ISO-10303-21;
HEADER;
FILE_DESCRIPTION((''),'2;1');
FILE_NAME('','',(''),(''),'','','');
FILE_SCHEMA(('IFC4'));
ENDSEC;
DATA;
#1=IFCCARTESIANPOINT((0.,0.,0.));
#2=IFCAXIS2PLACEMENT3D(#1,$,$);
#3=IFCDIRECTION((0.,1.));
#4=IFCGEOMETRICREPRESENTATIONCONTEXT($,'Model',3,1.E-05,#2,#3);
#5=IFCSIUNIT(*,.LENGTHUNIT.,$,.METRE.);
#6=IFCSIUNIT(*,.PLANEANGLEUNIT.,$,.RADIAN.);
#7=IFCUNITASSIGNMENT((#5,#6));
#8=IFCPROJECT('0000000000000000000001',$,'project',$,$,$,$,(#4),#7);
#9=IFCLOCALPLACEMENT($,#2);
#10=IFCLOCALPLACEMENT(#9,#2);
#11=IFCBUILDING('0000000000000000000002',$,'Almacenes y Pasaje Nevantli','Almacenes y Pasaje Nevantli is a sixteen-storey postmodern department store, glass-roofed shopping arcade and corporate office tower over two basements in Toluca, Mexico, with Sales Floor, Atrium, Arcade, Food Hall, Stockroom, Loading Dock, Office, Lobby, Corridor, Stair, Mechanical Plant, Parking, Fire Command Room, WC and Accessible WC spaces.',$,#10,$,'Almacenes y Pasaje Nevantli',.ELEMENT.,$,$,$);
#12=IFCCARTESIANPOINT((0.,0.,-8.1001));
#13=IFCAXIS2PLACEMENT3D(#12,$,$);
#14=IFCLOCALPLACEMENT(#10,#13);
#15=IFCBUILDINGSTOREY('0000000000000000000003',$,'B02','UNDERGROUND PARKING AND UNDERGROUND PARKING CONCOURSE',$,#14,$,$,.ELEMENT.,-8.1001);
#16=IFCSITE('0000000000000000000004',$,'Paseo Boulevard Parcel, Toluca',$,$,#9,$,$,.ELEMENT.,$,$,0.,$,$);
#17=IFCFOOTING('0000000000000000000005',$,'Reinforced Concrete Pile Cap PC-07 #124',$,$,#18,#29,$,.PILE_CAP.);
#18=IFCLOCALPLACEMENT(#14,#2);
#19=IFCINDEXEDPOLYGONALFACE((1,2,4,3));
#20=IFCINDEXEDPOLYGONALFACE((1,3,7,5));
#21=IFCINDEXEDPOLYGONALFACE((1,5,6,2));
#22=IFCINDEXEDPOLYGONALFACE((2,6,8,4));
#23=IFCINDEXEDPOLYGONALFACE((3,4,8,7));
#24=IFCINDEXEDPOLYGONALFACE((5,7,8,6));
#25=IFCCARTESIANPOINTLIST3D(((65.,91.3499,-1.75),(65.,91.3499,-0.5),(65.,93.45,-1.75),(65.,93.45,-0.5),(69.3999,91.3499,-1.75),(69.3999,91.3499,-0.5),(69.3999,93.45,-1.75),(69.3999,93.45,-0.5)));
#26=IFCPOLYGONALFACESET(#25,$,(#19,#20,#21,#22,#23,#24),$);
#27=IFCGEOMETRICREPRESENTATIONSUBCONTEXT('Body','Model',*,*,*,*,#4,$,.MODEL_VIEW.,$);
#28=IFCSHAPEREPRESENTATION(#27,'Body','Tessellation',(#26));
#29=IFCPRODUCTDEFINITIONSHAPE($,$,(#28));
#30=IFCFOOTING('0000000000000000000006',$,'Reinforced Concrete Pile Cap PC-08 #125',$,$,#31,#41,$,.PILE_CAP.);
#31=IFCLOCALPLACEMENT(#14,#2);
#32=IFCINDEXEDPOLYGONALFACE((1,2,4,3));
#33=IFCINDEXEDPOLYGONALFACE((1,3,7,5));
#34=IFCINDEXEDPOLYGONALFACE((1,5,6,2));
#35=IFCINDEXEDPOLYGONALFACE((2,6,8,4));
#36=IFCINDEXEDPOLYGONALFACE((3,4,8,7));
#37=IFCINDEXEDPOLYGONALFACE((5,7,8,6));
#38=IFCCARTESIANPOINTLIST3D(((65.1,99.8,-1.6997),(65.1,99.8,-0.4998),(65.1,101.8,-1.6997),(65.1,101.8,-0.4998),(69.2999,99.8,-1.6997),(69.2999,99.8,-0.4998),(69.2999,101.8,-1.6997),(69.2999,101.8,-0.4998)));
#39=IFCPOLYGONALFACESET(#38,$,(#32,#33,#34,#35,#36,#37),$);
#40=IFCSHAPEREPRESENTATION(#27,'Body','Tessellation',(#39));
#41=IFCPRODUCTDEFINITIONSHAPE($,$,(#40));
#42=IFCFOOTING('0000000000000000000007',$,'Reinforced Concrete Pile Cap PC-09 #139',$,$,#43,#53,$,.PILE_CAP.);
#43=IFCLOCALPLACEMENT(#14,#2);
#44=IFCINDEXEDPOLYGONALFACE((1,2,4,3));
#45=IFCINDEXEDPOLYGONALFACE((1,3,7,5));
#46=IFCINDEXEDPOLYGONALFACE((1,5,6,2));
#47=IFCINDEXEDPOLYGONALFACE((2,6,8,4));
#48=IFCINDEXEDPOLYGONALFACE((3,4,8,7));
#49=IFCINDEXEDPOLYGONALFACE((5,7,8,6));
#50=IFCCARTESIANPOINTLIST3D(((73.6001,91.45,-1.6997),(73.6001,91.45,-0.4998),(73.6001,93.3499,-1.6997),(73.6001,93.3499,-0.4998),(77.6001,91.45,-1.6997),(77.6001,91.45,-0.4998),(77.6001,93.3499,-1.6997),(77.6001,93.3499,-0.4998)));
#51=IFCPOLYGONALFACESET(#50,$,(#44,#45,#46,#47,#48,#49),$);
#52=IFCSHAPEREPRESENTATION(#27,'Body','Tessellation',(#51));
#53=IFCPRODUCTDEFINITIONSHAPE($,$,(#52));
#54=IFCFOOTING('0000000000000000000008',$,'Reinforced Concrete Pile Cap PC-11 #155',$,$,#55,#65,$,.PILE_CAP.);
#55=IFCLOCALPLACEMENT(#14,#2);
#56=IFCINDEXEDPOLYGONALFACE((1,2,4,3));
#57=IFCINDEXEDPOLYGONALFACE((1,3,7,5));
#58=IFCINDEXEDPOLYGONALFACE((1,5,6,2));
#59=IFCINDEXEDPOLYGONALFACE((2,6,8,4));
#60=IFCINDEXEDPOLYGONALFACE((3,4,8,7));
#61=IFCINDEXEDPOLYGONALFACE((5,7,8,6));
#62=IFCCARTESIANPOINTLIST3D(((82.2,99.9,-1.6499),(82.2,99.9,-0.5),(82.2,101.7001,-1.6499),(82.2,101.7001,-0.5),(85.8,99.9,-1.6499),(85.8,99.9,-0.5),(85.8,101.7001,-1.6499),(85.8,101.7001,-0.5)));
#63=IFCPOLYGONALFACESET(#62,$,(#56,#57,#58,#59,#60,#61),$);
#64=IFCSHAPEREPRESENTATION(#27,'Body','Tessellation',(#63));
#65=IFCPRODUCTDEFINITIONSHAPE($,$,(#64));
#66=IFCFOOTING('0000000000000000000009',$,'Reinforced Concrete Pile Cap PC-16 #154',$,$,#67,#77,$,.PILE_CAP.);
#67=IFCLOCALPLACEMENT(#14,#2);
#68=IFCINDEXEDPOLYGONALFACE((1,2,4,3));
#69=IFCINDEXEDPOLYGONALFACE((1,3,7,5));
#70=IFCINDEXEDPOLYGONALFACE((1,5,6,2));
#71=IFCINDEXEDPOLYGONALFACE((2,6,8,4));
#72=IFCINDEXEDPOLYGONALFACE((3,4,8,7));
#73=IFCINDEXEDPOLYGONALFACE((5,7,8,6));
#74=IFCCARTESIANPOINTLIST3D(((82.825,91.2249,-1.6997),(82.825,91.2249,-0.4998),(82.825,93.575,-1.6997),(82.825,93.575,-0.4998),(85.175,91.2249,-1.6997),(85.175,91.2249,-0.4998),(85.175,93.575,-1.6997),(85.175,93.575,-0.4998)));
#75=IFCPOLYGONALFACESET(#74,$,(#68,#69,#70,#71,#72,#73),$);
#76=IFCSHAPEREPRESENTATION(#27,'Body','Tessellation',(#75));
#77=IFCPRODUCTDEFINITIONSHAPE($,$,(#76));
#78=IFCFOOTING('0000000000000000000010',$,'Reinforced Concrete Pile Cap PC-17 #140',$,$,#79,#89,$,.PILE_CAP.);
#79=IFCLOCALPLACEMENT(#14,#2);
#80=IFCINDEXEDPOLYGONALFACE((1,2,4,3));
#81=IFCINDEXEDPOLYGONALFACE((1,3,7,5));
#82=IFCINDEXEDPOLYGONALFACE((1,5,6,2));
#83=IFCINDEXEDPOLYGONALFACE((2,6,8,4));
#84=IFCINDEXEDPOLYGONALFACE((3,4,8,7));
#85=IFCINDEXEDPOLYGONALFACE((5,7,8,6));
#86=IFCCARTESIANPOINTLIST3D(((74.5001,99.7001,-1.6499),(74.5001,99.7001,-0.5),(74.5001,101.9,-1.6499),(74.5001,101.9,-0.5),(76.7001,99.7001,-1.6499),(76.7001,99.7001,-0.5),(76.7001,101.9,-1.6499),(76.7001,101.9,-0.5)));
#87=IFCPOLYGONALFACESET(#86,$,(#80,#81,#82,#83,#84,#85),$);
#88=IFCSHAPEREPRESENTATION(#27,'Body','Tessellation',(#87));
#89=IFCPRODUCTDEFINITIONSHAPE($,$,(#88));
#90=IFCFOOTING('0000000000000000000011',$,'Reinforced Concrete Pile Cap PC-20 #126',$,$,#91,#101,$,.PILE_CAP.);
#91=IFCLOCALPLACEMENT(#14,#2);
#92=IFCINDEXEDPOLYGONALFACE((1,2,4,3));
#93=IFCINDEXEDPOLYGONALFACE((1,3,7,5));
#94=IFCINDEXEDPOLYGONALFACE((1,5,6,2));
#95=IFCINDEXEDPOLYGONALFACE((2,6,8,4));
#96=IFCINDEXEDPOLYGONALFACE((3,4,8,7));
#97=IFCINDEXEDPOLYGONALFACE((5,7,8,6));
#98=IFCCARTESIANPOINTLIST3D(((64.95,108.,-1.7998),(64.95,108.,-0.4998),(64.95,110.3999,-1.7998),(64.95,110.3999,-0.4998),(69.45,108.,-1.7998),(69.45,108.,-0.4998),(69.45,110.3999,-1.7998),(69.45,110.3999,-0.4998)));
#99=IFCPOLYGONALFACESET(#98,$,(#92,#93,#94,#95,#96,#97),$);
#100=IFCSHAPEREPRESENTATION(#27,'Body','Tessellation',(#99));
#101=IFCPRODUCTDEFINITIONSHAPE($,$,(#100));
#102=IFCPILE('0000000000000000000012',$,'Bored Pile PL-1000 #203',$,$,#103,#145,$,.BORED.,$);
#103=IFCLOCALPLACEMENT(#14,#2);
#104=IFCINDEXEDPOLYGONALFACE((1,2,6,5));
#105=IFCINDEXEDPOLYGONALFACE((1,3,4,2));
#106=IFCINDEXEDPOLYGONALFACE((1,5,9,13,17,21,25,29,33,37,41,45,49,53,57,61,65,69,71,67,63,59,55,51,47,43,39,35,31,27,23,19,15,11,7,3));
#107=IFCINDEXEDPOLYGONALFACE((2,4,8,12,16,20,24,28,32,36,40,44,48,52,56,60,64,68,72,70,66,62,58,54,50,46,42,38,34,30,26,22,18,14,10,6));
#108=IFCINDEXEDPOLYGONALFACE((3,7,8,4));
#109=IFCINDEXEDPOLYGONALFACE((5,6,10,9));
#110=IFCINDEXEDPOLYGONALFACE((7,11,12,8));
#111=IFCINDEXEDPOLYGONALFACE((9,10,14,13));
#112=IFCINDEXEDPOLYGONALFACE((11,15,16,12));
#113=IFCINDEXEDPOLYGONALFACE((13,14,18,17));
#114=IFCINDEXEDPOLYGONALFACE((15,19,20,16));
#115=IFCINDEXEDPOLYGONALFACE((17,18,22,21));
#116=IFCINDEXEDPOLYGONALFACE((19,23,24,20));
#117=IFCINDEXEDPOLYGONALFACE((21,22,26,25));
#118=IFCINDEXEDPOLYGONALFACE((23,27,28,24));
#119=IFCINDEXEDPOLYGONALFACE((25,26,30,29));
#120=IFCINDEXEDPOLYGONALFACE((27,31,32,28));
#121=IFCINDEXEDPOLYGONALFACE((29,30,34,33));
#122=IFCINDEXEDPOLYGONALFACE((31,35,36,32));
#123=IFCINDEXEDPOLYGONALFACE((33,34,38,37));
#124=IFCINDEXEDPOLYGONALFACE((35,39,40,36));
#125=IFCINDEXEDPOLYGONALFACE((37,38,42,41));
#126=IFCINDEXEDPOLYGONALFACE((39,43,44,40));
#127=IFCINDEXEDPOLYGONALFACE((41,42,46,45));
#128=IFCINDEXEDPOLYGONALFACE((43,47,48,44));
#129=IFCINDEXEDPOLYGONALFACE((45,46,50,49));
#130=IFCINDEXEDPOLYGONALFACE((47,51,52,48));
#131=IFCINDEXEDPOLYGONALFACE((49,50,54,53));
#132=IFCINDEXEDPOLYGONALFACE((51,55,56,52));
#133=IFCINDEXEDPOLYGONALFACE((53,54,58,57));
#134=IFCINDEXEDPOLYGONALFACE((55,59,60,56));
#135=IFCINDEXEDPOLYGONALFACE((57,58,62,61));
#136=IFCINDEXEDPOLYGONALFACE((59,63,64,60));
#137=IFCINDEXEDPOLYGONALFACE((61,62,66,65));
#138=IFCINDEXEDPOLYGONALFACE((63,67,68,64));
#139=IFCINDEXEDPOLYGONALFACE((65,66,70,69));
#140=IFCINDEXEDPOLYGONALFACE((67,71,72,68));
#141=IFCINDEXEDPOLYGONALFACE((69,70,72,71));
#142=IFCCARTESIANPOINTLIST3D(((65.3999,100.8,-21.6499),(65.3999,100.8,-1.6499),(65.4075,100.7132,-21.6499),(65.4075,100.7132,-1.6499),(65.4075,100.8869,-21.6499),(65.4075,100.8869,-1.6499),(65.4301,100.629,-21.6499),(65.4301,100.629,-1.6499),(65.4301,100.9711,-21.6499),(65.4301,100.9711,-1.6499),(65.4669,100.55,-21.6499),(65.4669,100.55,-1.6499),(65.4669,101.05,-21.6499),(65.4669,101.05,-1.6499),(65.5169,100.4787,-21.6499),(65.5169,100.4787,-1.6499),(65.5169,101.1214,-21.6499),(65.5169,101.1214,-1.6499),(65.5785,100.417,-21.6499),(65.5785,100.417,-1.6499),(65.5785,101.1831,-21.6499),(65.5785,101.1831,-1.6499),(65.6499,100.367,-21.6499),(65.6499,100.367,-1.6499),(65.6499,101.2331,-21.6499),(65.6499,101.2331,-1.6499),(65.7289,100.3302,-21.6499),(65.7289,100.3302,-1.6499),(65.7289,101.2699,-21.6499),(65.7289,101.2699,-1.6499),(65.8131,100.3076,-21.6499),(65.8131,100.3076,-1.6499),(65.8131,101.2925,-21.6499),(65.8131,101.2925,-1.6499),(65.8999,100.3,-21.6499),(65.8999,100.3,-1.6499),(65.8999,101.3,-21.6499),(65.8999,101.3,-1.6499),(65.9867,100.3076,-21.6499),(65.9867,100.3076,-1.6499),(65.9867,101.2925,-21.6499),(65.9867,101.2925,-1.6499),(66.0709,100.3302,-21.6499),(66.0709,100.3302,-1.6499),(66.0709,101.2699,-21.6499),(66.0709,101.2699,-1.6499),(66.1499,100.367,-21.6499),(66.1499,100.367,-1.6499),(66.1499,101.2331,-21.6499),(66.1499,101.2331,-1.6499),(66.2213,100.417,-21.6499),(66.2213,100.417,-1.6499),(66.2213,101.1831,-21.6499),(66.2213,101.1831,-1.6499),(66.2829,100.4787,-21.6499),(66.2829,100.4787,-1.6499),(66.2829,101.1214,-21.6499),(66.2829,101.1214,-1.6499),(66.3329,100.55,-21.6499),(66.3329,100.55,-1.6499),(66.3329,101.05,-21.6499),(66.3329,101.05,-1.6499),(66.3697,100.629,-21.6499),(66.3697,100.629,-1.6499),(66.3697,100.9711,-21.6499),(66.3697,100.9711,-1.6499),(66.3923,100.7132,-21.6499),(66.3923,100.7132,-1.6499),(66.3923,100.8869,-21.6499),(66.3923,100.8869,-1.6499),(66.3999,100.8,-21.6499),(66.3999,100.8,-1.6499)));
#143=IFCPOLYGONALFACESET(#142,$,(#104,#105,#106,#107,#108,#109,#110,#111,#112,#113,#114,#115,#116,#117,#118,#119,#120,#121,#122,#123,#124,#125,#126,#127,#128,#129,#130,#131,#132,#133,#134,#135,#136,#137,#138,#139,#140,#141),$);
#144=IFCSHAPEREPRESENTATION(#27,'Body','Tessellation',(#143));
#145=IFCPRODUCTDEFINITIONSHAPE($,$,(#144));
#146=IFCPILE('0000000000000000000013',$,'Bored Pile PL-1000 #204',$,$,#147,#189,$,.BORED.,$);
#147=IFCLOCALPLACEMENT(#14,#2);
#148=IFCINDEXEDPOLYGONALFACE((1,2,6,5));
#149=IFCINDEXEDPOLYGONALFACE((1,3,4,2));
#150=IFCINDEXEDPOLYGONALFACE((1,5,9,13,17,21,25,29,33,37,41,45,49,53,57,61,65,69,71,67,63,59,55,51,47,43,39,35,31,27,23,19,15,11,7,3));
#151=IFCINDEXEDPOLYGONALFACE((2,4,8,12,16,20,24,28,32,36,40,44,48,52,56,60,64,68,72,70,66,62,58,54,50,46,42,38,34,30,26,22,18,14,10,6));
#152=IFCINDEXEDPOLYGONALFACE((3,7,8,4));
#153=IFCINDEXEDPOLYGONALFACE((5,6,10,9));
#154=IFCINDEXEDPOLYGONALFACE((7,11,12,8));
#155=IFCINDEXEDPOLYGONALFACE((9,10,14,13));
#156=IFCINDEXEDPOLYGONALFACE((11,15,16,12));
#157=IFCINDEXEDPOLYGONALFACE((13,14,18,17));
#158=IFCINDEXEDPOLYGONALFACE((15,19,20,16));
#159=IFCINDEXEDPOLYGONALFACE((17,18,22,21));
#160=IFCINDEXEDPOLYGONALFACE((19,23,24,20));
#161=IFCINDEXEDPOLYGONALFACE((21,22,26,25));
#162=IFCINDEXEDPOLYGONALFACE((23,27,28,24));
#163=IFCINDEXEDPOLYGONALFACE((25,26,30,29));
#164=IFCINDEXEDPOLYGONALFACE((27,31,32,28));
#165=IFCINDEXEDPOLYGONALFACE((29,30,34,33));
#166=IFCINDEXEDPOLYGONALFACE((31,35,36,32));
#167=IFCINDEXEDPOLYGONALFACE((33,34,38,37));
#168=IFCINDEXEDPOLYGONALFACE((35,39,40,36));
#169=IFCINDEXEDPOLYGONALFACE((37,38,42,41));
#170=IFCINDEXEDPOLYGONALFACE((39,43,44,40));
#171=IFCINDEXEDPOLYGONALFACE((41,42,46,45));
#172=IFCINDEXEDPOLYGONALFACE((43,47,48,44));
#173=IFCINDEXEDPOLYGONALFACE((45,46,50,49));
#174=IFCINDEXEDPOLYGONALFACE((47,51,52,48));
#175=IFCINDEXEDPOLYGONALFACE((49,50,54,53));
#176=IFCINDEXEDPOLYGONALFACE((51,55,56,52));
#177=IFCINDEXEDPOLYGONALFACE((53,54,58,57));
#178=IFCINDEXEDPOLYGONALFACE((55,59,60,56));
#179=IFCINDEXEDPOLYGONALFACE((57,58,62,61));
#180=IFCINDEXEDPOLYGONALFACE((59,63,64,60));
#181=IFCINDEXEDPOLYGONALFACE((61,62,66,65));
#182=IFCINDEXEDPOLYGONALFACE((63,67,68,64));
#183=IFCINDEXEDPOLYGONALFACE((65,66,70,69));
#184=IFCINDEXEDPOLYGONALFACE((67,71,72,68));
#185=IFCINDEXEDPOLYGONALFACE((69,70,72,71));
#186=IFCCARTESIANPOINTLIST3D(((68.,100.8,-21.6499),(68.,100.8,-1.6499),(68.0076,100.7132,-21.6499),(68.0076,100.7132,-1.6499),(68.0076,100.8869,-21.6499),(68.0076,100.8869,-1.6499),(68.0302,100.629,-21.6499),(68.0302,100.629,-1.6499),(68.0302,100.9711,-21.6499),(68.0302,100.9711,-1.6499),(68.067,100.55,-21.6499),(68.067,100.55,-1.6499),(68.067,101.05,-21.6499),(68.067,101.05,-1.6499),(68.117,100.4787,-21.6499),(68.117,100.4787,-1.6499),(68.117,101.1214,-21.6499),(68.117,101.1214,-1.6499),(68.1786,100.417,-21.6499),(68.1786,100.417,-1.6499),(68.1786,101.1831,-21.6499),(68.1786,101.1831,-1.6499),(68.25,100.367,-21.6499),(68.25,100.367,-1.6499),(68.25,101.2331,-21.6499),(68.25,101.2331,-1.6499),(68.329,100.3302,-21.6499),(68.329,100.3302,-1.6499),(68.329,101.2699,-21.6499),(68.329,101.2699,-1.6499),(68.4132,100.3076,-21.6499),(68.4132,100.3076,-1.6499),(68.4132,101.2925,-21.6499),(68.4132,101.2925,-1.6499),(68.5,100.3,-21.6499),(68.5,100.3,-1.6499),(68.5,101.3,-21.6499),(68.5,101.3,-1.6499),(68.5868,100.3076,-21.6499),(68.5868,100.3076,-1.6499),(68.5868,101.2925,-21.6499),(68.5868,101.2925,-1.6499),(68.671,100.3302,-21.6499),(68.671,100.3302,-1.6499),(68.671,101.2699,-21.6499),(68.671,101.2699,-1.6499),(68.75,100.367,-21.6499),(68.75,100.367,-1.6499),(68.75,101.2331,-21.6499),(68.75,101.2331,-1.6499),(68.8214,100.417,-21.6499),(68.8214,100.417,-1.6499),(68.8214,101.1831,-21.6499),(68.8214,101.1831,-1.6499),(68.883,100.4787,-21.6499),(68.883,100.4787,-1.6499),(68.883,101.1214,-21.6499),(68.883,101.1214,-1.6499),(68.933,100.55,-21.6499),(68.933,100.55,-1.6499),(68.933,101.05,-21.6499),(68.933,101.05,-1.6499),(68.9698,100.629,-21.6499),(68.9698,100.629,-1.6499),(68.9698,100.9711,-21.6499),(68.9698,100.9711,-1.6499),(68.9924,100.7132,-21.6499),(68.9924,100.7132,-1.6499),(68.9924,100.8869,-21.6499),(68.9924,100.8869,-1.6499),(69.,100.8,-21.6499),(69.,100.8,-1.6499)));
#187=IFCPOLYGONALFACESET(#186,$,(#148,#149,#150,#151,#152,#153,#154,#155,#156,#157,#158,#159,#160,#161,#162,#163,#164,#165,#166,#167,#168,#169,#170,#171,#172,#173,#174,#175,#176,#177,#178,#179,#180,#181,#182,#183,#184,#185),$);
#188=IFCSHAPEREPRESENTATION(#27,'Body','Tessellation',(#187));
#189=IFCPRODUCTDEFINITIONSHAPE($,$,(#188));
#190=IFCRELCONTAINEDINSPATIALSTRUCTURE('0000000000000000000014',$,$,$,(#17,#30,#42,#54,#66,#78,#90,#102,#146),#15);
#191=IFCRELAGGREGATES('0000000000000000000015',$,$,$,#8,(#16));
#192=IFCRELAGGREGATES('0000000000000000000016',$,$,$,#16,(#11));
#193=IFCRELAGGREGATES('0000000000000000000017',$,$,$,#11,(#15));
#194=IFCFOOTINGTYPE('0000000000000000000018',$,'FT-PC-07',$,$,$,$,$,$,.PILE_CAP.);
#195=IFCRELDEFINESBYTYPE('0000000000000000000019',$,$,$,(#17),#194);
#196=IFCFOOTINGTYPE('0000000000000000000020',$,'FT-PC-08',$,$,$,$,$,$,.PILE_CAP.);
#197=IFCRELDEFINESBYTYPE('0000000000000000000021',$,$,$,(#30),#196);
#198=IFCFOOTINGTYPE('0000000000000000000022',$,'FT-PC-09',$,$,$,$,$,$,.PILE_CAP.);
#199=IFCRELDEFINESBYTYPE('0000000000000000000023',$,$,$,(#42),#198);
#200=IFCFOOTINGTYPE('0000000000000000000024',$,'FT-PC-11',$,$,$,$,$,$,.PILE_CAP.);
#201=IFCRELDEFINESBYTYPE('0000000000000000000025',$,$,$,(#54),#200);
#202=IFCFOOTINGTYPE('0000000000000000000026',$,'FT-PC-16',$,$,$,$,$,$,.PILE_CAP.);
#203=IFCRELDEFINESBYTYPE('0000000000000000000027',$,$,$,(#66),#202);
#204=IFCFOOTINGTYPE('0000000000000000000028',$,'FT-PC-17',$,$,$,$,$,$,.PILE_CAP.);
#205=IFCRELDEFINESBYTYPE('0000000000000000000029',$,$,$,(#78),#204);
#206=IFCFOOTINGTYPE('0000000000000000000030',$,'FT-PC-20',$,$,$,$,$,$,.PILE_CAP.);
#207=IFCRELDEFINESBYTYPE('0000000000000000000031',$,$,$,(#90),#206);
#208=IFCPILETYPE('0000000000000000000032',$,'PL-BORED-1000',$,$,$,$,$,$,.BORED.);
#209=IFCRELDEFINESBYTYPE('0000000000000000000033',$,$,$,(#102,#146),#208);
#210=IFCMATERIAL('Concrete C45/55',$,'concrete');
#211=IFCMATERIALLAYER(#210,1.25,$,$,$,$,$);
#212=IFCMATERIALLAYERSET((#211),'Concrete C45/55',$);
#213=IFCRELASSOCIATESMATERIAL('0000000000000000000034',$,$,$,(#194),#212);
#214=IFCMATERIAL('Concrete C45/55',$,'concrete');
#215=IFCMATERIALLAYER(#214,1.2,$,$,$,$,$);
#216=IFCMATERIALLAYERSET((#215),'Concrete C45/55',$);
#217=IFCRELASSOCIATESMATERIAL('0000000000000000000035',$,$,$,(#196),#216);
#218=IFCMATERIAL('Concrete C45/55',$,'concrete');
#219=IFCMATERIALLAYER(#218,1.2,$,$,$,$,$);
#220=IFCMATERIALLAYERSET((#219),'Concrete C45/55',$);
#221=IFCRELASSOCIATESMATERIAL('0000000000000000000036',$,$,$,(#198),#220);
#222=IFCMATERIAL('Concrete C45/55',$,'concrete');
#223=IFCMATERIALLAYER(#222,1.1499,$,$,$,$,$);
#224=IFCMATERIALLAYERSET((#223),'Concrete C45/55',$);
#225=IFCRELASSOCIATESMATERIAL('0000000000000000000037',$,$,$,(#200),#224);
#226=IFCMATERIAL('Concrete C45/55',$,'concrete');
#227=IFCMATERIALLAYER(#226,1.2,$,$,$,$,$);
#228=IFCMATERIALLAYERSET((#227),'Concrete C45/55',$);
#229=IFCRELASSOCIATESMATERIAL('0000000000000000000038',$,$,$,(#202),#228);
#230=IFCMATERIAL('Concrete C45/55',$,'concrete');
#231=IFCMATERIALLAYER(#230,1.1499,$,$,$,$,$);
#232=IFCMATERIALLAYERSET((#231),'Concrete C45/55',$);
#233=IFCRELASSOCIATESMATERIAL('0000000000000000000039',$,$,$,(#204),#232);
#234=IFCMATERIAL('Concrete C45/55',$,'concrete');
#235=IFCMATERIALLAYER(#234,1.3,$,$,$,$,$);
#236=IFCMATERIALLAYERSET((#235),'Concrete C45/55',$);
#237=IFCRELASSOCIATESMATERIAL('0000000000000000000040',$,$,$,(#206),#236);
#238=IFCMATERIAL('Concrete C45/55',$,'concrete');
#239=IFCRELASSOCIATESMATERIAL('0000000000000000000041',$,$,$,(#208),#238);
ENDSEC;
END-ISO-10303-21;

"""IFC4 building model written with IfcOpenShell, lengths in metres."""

from ifc_helpers import new_model, si_unit, direction, frame, origin, origin_2d, place, context, subcontext, project, spatial, rectangle, circle, extrude, material, layer, layer_set, material_profile, profile_set, type_object, element, save


model = new_model("IFC4")

# Units and contexts
model_context = context("Model", 3, precision=1e-05, world=origin(), true_north=direction((0.0, 1.0)))
body_context = subcontext(model_context, "Body", "Model", "MODEL_VIEW")
ifc_project = project(units=[si_unit("LENGTHUNIT", "METRE"), si_unit("PLANEANGLEUNIT", "RADIAN")], contexts=[model_context])

# Site, building, storey
site_placement = place(None, origin())
site = spatial("IfcSite", under=ifc_project, at=site_placement, Name="Paseo Boulevard Parcel, Toluca", CompositionType="ELEMENT", RefElevation=0.0)
building_placement = place(site_placement, origin())
building = spatial("IfcBuilding", under=site, at=building_placement, Name="Almacenes y Pasaje Nevantli", Description="Almacenes y Pasaje Nevantli is a sixteen-storey postmodern department store, glass-roofed shopping arcade and corporate office tower over two basements in Toluca, Mexico, with Sales Floor, Atrium, Arcade, Food Hall, Stockroom, Loading Dock, Office, Lobby, Corridor, Stair, Mechanical Plant, Parking, Fire Command Room, WC and Accessible WC spaces.", LongName="Almacenes y Pasaje Nevantli", CompositionType="ELEMENT")
storey_placement = place(building_placement, frame((0.0, 0.0, -8.1001)))
storey = spatial("IfcBuildingStorey", under=building, at=storey_placement, Name="B02", Description="UNDERGROUND PARKING AND UNDERGROUND PARKING CONCOURSE", CompositionType="ELEMENT", Elevation=-8.1001)

# Footings
ifc_material_1 = material(Name="Concrete C45/55", Category="concrete")
ifc_layer_1 = layer(ifc_material_1, 1.25)
ifc_layer_set_1 = layer_set([ifc_layer_1], Name="Concrete C45/55")
footing_type_1 = type_object("IfcFootingType", Name="FT-PC-07", PredefinedType="PILE_CAP", material=ifc_layer_set_1)
footing_1_placement = place(storey_placement, frame((67.2, 92.3999, -1.75), z_axis=(0.0, 0.0, 1.0), x_axis=(1.0, 0.0, 0.0)))
element("IfcFooting", 1, at=footing_1_placement, inside=storey, type_object=footing_type_1, Name="Reinforced Concrete Pile Cap PC-07 #124", PredefinedType="PILE_CAP", context=body_context, shape_type="SweptSolid", body=[
    extrude(rectangle(XDim=4.3999, YDim=2.1001, at=origin_2d()), origin(), (0.0, 0.0, 1.0), 1.25),
])
ifc_material_2 = material(Name="Concrete C45/55", Category="concrete")
ifc_layer_2 = layer(ifc_material_2, 1.2)
ifc_layer_set_2 = layer_set([ifc_layer_2], Name="Concrete C45/55")
footing_type_2 = type_object("IfcFootingType", Name="FT-PC-08", PredefinedType="PILE_CAP", material=ifc_layer_set_2)
footing_2_placement = place(storey_placement, frame((67.2, 100.8, -1.6997), z_axis=(0.0, 0.0, 1.0), x_axis=(1.0, 0.0, 0.0)))
element("IfcFooting", 2, at=footing_2_placement, inside=storey, type_object=footing_type_2, Name="Reinforced Concrete Pile Cap PC-08 #125", PredefinedType="PILE_CAP", context=body_context, shape_type="SweptSolid", body=[
    extrude(rectangle(XDim=4.2, YDim=2.0, at=origin_2d()), origin(), (0.0, 0.0, 1.0), 1.2),
])
ifc_material_3 = material(Name="Concrete C45/55", Category="concrete")
ifc_layer_3 = layer(ifc_material_3, 1.2)
ifc_layer_set_3 = layer_set([ifc_layer_3], Name="Concrete C45/55")
footing_type_3 = type_object("IfcFootingType", Name="FT-PC-09", PredefinedType="PILE_CAP", material=ifc_layer_set_3)
footing_3_placement = place(storey_placement, frame((75.6001, 92.3999, -1.6997), z_axis=(0.0, 0.0, 1.0), x_axis=(1.0, 0.0, 0.0)))
element("IfcFooting", 3, at=footing_3_placement, inside=storey, type_object=footing_type_3, Name="Reinforced Concrete Pile Cap PC-09 #139", PredefinedType="PILE_CAP", context=body_context, shape_type="SweptSolid", body=[
    extrude(rectangle(XDim=4.0, YDim=1.8999, at=origin_2d()), origin(), (0.0, 0.0, 1.0), 1.2),
])
ifc_material_4 = material(Name="Concrete C45/55", Category="concrete")
ifc_layer_4 = layer(ifc_material_4, 1.1499)
ifc_layer_set_4 = layer_set([ifc_layer_4], Name="Concrete C45/55")
footing_type_4 = type_object("IfcFootingType", Name="FT-PC-11", PredefinedType="PILE_CAP", material=ifc_layer_set_4)
footing_4_placement = place(storey_placement, frame((84.0, 100.8, -1.6499), z_axis=(0.0, 0.0, 1.0), x_axis=(1.0, 0.0, 0.0)))
element("IfcFooting", 4, at=footing_4_placement, inside=storey, type_object=footing_type_4, Name="Reinforced Concrete Pile Cap PC-11 #155", PredefinedType="PILE_CAP", context=body_context, shape_type="SweptSolid", body=[
    extrude(rectangle(XDim=3.6001, YDim=1.8, at=origin_2d()), origin(), (0.0, 0.0, 1.0), 1.1499),
])
ifc_material_5 = material(Name="Concrete C45/55", Category="concrete")
ifc_layer_5 = layer(ifc_material_5, 1.2)
ifc_layer_set_5 = layer_set([ifc_layer_5], Name="Concrete C45/55")
footing_type_5 = type_object("IfcFootingType", Name="FT-PC-16", PredefinedType="PILE_CAP", material=ifc_layer_set_5)
footing_5_placement = place(storey_placement, frame((84.0, 92.3999, -1.6997), z_axis=(0.0, 0.0, 1.0), x_axis=(1.0, 0.0, 0.0)))
element("IfcFooting", 5, at=footing_5_placement, inside=storey, type_object=footing_type_5, Name="Reinforced Concrete Pile Cap PC-16 #154", PredefinedType="PILE_CAP", context=body_context, shape_type="SweptSolid", body=[
    extrude(rectangle(XDim=2.3501, YDim=2.3501, at=origin_2d()), origin(), (0.0, 0.0, 1.0), 1.2),
])
ifc_material_6 = material(Name="Concrete C45/55", Category="concrete")
ifc_layer_6 = layer(ifc_material_6, 1.1499)
ifc_layer_set_6 = layer_set([ifc_layer_6], Name="Concrete C45/55")
footing_type_6 = type_object("IfcFootingType", Name="FT-PC-17", PredefinedType="PILE_CAP", material=ifc_layer_set_6)
footing_6_placement = place(storey_placement, frame((75.6001, 100.8, -1.6499), z_axis=(0.0, 0.0, 1.0), x_axis=(1.0, 0.0, 0.0)))
element("IfcFooting", 6, at=footing_6_placement, inside=storey, type_object=footing_type_6, Name="Reinforced Concrete Pile Cap PC-17 #140", PredefinedType="PILE_CAP", context=body_context, shape_type="SweptSolid", body=[
    extrude(rectangle(XDim=2.2, YDim=2.2, at=origin_2d()), origin(), (0.0, 0.0, 1.0), 1.1499),
])
ifc_material_7 = material(Name="Concrete C45/55", Category="concrete")
ifc_layer_7 = layer(ifc_material_7, 1.3)
ifc_layer_set_7 = layer_set([ifc_layer_7], Name="Concrete C45/55")
footing_type_7 = type_object("IfcFootingType", Name="FT-PC-20", PredefinedType="PILE_CAP", material=ifc_layer_set_7)
footing_7_placement = place(storey_placement, frame((67.2, 109.2, -1.7998), z_axis=(0.0, 0.0, 1.0), x_axis=(1.0, 0.0, 0.0)))
element("IfcFooting", 7, at=footing_7_placement, inside=storey, type_object=footing_type_7, Name="Reinforced Concrete Pile Cap PC-20 #126", PredefinedType="PILE_CAP", context=body_context, shape_type="SweptSolid", body=[
    extrude(rectangle(XDim=4.5, YDim=2.3999, at=origin_2d()), origin(), (0.0, 0.0, 1.0), 1.3),
])

# Piles
ifc_material_8 = material(Name="Concrete C45/55", Category="concrete")
ifc_material_profile_1 = material_profile(ifc_material_8, circle(Radius=0.5, at=origin_2d()), Name="RC-PILE-D1000")
ifc_profile_set_1 = profile_set([ifc_material_profile_1], Name="Concrete C45/55")
pile_type_1 = type_object("IfcPileType", Name="PL-BORED-1000", PredefinedType="BORED", material=ifc_profile_set_1)
for number, where, z_axis, x_axis, name in (
    (8, (65.8999, 100.8, -1.6499), (0.0, 0.0, -1.0), (1.0, 0.0, 0.0), "Bored Pile PL-1000 #203"),
    (9, (68.5, 100.8, -1.6499), (0.0, 0.0, -1.0), (1.0, 0.0, 0.0), "Bored Pile PL-1000 #204"),
):
    element("IfcPile", number, at=place(storey_placement, frame(where, z_axis=z_axis, x_axis=x_axis)), inside=storey, type_object=pile_type_1, Name=name, PredefinedType="BORED", context=body_context, shape_type="SweptSolid", body=[
        extrude(circle(Radius=0.5, at=origin_2d()), origin(), (0.0, 0.0, 1.0), 20.0),
    ])

save(model, "model.ifc")
